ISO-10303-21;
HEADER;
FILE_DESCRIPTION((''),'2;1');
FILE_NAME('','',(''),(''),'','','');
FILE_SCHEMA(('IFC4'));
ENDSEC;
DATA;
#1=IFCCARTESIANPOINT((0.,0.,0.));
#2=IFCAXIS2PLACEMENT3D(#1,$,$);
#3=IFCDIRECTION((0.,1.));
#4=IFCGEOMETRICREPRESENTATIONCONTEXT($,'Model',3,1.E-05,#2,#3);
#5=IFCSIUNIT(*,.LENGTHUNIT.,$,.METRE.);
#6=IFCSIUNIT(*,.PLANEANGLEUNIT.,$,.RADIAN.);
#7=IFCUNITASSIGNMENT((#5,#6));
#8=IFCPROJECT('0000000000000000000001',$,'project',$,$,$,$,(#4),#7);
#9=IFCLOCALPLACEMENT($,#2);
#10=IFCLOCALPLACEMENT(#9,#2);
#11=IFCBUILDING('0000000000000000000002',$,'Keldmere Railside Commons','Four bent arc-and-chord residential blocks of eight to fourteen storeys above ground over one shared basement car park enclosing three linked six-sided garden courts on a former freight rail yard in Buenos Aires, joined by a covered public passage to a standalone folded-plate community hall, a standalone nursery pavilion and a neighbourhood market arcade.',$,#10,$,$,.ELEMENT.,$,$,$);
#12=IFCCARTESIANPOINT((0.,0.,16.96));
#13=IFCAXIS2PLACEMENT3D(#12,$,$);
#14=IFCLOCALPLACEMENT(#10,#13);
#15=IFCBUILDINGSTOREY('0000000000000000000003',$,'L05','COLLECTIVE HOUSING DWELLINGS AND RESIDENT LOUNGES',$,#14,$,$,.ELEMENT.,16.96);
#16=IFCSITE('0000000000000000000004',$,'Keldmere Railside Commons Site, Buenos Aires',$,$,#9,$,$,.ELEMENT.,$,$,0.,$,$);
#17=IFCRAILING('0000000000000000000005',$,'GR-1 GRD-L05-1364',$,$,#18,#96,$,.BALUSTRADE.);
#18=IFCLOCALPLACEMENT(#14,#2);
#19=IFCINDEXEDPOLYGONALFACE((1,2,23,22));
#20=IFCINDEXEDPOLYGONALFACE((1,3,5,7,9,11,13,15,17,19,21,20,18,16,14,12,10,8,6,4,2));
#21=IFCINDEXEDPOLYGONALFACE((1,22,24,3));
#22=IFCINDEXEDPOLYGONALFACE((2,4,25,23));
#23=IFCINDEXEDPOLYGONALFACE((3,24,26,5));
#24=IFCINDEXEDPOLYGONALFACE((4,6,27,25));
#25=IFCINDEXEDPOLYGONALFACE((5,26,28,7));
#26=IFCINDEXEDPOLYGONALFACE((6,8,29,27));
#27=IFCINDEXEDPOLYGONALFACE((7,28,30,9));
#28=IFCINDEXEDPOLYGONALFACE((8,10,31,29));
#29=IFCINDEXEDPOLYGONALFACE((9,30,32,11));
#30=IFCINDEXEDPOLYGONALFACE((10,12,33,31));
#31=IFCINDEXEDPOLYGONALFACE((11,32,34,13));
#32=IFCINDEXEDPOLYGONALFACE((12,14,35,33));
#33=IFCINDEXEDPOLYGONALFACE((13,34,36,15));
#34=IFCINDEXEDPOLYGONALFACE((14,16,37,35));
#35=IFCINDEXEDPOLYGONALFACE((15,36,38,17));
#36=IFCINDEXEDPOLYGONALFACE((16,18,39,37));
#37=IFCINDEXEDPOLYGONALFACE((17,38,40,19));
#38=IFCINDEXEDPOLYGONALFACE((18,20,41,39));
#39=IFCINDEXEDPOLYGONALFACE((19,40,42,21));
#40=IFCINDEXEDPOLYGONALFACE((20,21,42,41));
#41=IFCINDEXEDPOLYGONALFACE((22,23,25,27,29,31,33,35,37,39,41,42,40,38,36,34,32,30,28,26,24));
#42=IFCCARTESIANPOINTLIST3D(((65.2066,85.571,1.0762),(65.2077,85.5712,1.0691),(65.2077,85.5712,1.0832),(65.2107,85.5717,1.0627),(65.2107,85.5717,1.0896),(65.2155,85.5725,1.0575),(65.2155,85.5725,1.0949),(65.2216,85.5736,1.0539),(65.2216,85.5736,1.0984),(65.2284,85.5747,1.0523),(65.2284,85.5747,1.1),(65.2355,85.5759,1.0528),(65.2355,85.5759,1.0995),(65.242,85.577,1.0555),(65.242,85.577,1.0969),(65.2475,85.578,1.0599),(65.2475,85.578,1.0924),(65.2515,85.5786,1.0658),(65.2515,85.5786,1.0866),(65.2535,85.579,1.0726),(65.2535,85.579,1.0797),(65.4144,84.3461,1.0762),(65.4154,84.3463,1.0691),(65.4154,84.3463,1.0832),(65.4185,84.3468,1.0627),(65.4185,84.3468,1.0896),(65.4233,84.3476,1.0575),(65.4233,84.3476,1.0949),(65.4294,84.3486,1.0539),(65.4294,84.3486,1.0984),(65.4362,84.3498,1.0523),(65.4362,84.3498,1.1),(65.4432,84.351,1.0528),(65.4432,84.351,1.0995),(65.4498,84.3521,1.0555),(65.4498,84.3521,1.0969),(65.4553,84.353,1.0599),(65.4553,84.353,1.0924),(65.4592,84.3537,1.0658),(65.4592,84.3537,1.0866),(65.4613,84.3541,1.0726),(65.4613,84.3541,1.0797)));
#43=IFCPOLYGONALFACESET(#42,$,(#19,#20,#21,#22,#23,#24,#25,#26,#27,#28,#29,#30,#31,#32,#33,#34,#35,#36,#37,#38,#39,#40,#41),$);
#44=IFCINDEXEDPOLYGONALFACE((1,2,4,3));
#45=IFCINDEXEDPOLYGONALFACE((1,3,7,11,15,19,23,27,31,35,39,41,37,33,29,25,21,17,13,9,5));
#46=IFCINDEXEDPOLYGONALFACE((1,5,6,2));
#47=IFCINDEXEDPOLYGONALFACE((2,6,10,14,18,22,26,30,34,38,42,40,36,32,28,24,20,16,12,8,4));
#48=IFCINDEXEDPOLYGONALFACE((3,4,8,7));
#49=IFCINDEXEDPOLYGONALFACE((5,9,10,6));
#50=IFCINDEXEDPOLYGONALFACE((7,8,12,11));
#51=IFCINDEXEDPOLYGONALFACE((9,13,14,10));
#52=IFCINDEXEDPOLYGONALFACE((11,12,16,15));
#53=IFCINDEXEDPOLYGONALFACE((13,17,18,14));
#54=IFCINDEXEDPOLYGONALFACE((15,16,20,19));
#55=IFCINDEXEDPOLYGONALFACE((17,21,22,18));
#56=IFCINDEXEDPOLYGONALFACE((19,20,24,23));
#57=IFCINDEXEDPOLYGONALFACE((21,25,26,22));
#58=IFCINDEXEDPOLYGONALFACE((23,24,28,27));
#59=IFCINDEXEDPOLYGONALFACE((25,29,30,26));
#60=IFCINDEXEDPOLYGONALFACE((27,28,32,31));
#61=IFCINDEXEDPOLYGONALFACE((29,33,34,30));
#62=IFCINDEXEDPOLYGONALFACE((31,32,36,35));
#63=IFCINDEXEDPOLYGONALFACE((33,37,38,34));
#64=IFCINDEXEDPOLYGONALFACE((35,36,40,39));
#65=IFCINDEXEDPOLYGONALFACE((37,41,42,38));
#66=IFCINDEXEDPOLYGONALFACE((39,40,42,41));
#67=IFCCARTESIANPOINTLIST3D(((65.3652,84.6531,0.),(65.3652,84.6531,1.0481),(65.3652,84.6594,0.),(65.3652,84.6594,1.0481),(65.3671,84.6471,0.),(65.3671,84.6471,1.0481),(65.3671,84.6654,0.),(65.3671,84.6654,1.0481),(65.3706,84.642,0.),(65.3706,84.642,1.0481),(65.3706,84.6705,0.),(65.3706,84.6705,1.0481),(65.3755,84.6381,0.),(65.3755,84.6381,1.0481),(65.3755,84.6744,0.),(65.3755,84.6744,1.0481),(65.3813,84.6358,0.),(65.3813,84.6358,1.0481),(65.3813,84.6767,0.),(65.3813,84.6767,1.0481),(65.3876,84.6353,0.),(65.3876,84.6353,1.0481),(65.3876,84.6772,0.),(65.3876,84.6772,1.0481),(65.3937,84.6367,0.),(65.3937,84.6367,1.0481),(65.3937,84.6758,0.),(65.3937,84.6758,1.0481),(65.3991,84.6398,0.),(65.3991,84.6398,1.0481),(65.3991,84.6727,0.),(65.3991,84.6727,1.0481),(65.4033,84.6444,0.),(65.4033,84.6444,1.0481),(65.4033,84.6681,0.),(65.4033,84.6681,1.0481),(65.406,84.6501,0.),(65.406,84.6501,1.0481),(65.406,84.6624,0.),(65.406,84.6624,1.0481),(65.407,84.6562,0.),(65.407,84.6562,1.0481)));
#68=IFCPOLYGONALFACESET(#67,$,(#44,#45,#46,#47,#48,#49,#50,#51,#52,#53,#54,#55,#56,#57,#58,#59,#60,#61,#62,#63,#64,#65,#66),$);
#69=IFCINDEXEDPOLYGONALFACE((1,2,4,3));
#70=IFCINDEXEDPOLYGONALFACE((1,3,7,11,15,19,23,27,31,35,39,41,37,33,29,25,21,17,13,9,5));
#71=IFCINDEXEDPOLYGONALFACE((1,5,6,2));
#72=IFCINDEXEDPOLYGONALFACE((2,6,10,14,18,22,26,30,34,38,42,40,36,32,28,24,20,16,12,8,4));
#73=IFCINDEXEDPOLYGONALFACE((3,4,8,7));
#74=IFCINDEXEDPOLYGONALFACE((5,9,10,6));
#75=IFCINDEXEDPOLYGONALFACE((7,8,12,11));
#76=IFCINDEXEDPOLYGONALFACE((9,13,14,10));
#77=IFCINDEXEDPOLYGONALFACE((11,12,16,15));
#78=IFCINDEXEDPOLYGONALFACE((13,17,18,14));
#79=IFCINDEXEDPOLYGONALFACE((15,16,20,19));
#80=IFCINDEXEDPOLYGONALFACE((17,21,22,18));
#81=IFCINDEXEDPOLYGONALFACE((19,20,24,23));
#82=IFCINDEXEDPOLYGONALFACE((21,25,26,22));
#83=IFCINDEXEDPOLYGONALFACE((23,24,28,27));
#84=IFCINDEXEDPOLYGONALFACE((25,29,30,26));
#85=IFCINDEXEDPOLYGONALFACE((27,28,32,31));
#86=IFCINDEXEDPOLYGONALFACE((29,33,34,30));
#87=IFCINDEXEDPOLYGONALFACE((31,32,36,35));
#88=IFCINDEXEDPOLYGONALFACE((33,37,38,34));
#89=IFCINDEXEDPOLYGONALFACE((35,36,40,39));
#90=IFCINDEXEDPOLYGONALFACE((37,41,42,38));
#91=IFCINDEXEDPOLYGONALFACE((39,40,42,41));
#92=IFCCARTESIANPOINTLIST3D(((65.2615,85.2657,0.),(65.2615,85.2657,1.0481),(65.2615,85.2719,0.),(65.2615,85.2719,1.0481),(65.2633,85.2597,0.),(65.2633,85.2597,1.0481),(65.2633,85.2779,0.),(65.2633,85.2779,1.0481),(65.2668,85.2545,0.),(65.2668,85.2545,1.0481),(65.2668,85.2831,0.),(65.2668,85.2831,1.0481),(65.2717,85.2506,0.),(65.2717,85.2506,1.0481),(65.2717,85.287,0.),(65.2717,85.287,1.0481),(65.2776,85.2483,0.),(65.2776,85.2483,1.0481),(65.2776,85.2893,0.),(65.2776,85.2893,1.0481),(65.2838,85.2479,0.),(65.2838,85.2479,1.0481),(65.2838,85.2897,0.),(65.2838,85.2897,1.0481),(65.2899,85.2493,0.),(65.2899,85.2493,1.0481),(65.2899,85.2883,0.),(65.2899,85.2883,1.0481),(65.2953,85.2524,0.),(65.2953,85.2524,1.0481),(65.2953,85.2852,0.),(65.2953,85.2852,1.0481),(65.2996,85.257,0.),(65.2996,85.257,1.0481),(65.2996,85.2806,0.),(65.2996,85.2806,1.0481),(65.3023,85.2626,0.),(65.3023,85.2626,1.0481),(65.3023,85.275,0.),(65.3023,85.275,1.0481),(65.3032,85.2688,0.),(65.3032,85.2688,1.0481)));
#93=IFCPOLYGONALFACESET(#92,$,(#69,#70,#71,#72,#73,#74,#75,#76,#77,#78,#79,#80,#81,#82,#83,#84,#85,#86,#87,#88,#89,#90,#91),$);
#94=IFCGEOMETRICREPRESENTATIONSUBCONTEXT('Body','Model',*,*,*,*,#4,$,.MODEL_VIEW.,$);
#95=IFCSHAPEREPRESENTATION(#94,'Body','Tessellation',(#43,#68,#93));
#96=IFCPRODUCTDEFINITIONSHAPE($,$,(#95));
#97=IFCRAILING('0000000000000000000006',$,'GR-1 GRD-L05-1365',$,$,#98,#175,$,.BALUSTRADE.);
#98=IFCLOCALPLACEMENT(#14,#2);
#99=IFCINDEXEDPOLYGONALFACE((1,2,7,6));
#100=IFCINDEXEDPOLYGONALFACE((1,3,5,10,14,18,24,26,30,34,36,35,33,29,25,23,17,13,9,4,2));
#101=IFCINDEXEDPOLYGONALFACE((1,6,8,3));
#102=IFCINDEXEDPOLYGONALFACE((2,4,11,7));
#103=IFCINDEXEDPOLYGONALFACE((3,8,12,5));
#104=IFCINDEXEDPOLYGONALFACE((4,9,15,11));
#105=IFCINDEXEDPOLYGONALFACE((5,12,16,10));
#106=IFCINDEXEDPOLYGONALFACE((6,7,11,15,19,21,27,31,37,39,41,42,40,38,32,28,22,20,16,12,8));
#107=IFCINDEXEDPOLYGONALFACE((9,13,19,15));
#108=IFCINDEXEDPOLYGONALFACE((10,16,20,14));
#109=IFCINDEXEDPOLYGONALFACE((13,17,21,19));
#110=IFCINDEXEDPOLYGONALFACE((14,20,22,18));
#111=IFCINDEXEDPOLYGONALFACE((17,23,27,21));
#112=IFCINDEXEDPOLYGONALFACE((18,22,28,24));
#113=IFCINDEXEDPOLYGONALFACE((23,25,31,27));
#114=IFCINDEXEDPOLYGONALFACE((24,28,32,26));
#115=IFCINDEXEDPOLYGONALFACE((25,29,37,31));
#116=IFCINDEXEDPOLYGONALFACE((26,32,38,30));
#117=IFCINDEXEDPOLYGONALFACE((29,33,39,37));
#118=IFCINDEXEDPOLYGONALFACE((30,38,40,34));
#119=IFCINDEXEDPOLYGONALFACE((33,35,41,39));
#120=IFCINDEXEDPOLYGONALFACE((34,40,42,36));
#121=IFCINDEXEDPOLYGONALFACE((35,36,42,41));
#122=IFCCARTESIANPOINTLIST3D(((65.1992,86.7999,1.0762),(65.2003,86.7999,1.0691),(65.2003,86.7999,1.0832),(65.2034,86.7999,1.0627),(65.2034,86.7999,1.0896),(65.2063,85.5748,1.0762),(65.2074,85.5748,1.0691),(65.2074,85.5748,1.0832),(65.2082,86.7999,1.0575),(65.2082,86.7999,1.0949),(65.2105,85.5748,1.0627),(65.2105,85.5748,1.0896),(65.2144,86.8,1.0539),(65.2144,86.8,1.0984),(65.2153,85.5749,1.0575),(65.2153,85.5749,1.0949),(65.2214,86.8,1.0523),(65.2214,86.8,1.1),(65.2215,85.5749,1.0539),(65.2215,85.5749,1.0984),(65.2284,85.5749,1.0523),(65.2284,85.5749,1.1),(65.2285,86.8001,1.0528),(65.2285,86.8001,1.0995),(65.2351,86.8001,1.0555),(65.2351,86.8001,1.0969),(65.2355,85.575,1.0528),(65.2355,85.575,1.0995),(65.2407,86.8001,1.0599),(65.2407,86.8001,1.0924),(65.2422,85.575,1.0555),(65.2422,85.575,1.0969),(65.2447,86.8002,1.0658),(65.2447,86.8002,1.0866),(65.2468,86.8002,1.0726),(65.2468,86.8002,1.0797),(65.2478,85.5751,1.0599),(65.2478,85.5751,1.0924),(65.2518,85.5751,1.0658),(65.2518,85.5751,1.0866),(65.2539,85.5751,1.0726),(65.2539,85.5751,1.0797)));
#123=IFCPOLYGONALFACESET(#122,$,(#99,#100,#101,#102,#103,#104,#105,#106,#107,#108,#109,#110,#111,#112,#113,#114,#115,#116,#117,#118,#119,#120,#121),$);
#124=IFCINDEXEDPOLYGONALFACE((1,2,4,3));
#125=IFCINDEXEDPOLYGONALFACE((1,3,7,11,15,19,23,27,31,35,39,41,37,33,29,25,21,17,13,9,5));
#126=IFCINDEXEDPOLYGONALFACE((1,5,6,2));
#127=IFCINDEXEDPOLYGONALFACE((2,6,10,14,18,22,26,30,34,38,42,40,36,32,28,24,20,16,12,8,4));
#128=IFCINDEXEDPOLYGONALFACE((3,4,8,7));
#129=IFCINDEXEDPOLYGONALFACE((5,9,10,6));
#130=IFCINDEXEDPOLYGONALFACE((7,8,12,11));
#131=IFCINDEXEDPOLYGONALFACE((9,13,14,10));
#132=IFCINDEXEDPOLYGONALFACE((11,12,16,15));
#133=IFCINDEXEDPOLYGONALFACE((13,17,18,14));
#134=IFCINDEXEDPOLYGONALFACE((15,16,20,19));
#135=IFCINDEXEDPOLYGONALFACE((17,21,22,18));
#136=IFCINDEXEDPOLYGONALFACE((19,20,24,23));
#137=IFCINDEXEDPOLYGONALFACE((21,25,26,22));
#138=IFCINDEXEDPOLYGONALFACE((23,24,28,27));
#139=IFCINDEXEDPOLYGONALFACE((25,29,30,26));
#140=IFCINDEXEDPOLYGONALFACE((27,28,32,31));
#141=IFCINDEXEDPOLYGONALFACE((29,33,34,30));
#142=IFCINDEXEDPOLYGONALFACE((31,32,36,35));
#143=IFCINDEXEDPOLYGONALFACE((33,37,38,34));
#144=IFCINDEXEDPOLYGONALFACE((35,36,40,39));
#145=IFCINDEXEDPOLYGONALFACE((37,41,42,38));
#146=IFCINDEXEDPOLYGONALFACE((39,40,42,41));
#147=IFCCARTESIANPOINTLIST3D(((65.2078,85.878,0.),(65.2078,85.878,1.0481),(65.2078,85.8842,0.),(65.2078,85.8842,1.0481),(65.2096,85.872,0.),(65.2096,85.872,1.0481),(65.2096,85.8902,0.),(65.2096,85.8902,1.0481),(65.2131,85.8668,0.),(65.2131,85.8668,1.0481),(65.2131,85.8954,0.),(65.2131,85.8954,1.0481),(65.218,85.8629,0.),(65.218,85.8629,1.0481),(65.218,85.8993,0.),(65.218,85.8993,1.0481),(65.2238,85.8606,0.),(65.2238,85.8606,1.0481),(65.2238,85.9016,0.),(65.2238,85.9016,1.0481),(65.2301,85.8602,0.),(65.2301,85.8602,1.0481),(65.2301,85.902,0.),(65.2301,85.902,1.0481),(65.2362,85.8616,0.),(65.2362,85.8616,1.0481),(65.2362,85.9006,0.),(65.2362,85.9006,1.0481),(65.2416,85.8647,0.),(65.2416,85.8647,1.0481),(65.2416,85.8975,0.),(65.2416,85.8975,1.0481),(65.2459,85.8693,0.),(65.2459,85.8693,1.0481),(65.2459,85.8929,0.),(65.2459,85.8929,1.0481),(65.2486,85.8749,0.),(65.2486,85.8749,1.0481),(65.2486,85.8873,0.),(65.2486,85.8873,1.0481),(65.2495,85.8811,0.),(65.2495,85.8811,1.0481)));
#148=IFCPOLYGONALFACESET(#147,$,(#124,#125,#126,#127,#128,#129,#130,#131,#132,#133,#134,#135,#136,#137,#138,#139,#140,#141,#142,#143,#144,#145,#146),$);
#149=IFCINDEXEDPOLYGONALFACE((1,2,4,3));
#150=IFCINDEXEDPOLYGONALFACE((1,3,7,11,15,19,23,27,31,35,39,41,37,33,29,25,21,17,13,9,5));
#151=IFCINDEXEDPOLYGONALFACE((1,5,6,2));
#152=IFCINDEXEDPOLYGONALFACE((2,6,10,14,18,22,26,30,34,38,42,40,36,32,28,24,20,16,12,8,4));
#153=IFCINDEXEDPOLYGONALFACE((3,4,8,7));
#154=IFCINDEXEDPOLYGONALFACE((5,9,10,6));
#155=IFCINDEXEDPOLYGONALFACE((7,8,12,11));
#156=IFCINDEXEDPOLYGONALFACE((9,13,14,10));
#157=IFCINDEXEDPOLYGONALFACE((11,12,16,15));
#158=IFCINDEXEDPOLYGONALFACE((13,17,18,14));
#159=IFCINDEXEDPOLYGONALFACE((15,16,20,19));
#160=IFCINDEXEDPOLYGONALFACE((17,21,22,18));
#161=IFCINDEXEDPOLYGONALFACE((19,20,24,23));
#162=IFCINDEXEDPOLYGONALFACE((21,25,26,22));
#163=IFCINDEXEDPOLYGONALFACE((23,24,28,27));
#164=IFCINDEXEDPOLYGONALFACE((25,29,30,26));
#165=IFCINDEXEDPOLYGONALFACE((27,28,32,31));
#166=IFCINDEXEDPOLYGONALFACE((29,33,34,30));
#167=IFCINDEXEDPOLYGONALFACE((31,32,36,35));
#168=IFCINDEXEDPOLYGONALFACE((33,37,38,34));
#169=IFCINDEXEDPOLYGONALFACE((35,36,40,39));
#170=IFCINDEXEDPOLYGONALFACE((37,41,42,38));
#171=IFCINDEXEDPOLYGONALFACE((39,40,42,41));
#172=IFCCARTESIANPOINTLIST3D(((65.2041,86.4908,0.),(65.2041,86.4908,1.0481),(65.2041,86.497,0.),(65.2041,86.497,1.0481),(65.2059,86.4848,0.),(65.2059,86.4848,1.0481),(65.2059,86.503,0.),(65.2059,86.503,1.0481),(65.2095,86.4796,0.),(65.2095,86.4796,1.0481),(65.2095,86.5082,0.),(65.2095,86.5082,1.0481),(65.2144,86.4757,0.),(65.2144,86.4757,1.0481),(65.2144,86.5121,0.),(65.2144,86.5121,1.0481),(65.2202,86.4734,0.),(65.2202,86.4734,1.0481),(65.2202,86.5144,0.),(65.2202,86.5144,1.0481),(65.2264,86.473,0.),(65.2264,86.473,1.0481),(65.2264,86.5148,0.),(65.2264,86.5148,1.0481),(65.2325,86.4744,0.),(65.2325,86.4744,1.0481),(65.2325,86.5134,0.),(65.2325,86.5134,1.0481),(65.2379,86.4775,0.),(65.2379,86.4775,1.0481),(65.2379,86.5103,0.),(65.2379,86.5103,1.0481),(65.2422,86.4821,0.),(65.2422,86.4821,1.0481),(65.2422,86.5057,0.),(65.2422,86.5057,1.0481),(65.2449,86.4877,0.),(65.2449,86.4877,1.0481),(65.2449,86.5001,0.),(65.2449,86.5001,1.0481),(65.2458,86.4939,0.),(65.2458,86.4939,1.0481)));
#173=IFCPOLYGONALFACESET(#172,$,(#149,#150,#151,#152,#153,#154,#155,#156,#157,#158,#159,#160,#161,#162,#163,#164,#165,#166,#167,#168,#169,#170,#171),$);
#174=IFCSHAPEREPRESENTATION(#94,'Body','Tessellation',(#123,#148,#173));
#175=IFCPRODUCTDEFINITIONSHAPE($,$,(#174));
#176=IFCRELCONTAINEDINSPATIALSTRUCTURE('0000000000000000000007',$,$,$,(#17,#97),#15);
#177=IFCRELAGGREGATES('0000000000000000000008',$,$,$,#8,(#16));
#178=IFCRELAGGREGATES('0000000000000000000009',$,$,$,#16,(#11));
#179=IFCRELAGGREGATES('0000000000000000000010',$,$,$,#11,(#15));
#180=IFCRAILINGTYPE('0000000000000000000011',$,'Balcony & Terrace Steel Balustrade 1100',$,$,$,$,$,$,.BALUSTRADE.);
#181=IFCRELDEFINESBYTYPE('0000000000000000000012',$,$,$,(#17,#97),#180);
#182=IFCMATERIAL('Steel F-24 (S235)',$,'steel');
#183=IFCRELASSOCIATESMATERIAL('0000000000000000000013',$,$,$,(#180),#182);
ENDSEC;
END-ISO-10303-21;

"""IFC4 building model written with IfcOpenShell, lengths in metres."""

from ifc_helpers import new_model, si_unit, direction, frame, origin, origin_2d, place, context, subcontext, project, spatial, circle, extrude, material, type_object, element, save


model = new_model("IFC4")

# Units and contexts
model_context = context("Model", 3, precision=1e-05, world=origin(), true_north=direction((0.0, 1.0)))
body_context = subcontext(model_context, "Body", "Model", "MODEL_VIEW")
ifc_project = project(units=[si_unit("LENGTHUNIT", "METRE"), si_unit("PLANEANGLEUNIT", "RADIAN")], contexts=[model_context])

# Site, building, storey
site_placement = place(None, origin())
site = spatial("IfcSite", under=ifc_project, at=site_placement, Name="Keldmere Railside Commons Site, Buenos Aires", CompositionType="ELEMENT", RefElevation=0.0)
building_placement = place(site_placement, origin())
building = spatial("IfcBuilding", under=site, at=building_placement, Name="Keldmere Railside Commons", Description="Four bent arc-and-chord residential blocks of eight to fourteen storeys above ground over one shared basement car park enclosing three linked six-sided garden courts on a former freight rail yard in Buenos Aires, joined by a covered public passage to a standalone folded-plate community hall, a standalone nursery pavilion and a neighbourhood market arcade.", CompositionType="ELEMENT")
storey_placement = place(building_placement, frame((0.0, 0.0, 16.96)))
storey = spatial("IfcBuildingStorey", under=building, at=storey_placement, Name="L05", Description="COLLECTIVE HOUSING DWELLINGS AND RESIDENT LOUNGES", CompositionType="ELEMENT", Elevation=16.96)

# Railings
ifc_material_1 = material(Name="Steel F-24 (S235)", Category="steel")
railing_type = type_object("IfcRailingType", Name="Balcony & Terrace Steel Balustrade 1100", PredefinedType="BALUSTRADE", material=ifc_material_1)
railing_1_placement = place(storey_placement, frame((65.438, 84.3501, 0.0)))
element("IfcRailing", 1, at=railing_1_placement, inside=storey, type_object=railing_type, Name="GR-1 GRD-L05-1364", PredefinedType="BALUSTRADE", context=body_context, shape_type="SweptSolid", body=[
    extrude(circle(Radius=0.0239, at=origin_2d()), frame((0.0, 0.0, 1.0762), z_axis=(-0.167235, 0.985917, 0.0), x_axis=(-0.985917, -0.167235, 0.0)), (0.0, 0.0, 1.0), 1.2424),
    extrude(circle(Radius=0.021, at=origin_2d()), frame((-0.052, 0.3062, 0.0)), (0.0, 0.0, 1.0), 1.0481),
    extrude(circle(Radius=0.021, at=origin_2d()), frame((-0.1558, 0.9187, 0.0)), (0.0, 0.0, 1.0), 1.0481),
])
railing_2_placement = place(storey_placement, frame((65.2302, 85.575, 0.0)))
element("IfcRailing", 2, at=railing_2_placement, inside=storey, type_object=railing_type, Name="GR-1 GRD-L05-1365", PredefinedType="BALUSTRADE", context=body_context, shape_type="SweptSolid", body=[
    extrude(circle(Radius=0.0239, at=origin_2d()), frame((0.0, 0.0, 1.0762), z_axis=(-0.005779, 0.999983, 0.0), x_axis=(-0.999983, -0.005779, 0.0)), (0.0, 0.0, 1.0), 1.2251),
    extrude(circle(Radius=0.021, at=origin_2d()), frame((-0.0017, 0.3062, 0.0)), (0.0, 0.0, 1.0), 1.0481),
    extrude(circle(Radius=0.021, at=origin_2d()), frame((-0.0054, 0.9189, 0.0)), (0.0, 0.0, 1.0), 1.0481),
])

save(model, "model.ifc")
